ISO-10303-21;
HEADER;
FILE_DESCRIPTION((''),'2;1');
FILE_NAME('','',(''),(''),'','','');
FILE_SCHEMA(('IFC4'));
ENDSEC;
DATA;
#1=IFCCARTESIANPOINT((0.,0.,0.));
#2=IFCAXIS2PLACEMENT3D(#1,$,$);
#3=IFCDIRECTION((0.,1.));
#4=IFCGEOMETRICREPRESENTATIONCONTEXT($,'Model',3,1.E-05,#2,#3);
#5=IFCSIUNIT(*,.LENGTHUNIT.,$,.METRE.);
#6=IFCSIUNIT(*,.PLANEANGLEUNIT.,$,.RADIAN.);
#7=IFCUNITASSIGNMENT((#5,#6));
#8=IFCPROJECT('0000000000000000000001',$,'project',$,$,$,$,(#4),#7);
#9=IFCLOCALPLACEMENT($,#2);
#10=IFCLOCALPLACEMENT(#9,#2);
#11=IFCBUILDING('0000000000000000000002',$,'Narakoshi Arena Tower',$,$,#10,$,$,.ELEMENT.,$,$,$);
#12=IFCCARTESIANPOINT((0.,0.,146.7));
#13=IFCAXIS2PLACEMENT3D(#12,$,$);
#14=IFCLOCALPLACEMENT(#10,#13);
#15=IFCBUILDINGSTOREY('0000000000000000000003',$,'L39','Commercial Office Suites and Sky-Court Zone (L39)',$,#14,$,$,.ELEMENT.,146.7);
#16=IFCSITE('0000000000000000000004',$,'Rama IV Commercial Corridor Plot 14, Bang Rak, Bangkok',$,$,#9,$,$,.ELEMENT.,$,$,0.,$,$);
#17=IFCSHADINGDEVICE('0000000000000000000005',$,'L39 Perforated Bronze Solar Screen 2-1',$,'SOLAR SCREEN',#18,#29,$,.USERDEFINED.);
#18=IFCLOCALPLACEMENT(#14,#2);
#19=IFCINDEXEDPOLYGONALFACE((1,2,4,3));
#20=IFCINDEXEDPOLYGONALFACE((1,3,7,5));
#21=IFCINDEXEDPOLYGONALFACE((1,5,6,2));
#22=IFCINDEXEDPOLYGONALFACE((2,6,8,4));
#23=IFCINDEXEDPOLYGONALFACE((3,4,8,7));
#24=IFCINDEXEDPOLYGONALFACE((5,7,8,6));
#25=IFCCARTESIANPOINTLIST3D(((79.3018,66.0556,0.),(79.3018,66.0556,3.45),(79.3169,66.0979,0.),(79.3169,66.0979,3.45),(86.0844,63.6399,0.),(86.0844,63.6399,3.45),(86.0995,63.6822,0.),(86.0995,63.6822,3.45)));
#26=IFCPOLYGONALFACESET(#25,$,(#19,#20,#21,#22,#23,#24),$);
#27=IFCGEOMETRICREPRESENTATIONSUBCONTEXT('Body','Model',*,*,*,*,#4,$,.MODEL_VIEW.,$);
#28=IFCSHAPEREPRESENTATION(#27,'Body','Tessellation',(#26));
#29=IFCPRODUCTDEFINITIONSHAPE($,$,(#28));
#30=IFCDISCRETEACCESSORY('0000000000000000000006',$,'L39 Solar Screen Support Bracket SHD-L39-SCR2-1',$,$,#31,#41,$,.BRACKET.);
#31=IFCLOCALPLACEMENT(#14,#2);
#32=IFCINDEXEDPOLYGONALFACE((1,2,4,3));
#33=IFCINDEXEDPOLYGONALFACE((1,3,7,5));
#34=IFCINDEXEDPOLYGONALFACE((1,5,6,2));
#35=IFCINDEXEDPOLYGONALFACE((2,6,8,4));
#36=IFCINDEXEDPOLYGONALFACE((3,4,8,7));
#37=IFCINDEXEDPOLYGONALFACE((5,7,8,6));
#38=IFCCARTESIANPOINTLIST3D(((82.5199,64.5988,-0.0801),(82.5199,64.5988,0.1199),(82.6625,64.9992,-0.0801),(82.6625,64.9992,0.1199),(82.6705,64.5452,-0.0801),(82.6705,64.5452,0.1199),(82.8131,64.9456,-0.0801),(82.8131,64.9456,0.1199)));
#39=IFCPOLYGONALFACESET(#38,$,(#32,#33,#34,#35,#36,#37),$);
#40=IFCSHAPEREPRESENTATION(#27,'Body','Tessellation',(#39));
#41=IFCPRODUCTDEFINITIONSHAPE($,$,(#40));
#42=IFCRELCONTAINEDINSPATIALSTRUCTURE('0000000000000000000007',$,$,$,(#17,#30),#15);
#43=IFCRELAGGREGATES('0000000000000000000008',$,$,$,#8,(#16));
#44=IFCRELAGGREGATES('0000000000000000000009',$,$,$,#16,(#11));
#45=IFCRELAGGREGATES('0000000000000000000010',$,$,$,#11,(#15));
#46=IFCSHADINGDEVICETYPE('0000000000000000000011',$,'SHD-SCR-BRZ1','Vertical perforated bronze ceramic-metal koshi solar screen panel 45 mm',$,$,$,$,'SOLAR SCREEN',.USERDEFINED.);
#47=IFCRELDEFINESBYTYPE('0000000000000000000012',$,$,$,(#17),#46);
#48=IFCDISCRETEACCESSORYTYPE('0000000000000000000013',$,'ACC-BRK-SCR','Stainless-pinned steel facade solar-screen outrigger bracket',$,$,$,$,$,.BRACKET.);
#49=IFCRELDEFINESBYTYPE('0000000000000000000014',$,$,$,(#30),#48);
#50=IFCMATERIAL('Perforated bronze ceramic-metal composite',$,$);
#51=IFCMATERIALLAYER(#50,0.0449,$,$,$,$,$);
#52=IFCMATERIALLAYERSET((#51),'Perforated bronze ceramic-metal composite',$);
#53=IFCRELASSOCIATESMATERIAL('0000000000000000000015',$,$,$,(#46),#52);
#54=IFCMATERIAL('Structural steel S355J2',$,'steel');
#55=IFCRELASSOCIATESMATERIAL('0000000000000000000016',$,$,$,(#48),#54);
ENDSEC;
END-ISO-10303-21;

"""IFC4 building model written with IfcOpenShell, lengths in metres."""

from ifc_helpers import new_model, si_unit, direction, frame, origin, origin_2d, place, context, subcontext, project, spatial, rectangle, extrude, material, layer, layer_set, type_object, element, save


model = new_model("IFC4")

# Units and contexts
model_context = context("Model", 3, precision=1e-05, world=origin(), true_north=direction((0.0, 1.0)))
body_context = subcontext(model_context, "Body", "Model", "MODEL_VIEW")
ifc_project = project(units=[si_unit("LENGTHUNIT", "METRE"), si_unit("PLANEANGLEUNIT", "RADIAN")], contexts=[model_context])

# Site, building, storey
site_placement = place(None, origin())
site = spatial("IfcSite", under=ifc_project, at=site_placement, Name="Rama IV Commercial Corridor Plot 14, Bang Rak, Bangkok", CompositionType="ELEMENT", RefElevation=0.0)
building_placement = place(site_placement, origin())
building = spatial("IfcBuilding", under=site, at=building_placement, Name="Narakoshi Arena Tower", CompositionType="ELEMENT")
storey_placement = place(building_placement, frame((0.0, 0.0, 146.7)))
storey = spatial("IfcBuildingStorey", under=building, at=storey_placement, Name="L39", Description="Commercial Office Suites and Sky-Court Zone (L39)", CompositionType="ELEMENT", Elevation=146.7)

# Shared definitions
ifc_material_1 = material(Name="Structural steel S355J2", Category="steel")

# Shading device
ifc_material_2 = material(Name="Perforated bronze ceramic-metal composite")
ifc_layer_1 = layer(ifc_material_2, 0.0449)
ifc_layer_set_1 = layer_set([ifc_layer_1], Name="Perforated bronze ceramic-metal composite")
shading_device_type = type_object("IfcShadingDeviceType", Name="SHD-SCR-BRZ1", Description="Vertical perforated bronze ceramic-metal koshi solar screen panel 45 mm", ElementType="SOLAR SCREEN", PredefinedType="USERDEFINED", material=ifc_layer_set_1)
shading_device_placement = place(storey_placement, frame((82.7007, 64.8689, 0.0), z_axis=(0.0, 0.0, 1.0), x_axis=(-0.942034, 0.335517, 0.0)))
element("IfcShadingDevice", 1, at=shading_device_placement, inside=storey, type_object=shading_device_type, Name="L39 Perforated Bronze Solar Screen 2-1", ObjectType="SOLAR SCREEN", PredefinedType="USERDEFINED", context=body_context, shape_type="SweptSolid", body=[
    extrude(rectangle(XDim=7.2, YDim=0.0449, at=origin_2d()), origin(), (0.0, 0.0, 1.0), 3.45),
])

# Discrete accessory
discrete_accessory_type = type_object("IfcDiscreteAccessoryType", Name="ACC-BRK-SCR", Description="Stainless-pinned steel facade solar-screen outrigger bracket", PredefinedType="BRACKET", material=ifc_material_1)
discrete_accessory_placement = place(storey_placement, frame((82.6665, 64.7722, -0.0801), z_axis=(0.0, 0.0, 1.0), x_axis=(-0.942034, 0.335517, 0.0)))
element("IfcDiscreteAccessory", 2, at=discrete_accessory_placement, inside=storey, type_object=discrete_accessory_type, Name="L39 Solar Screen Support Bracket SHD-L39-SCR2-1", PredefinedType="BRACKET", context=body_context, shape_type="SweptSolid", body=[
    extrude(rectangle(XDim=0.1599, YDim=0.425, at=origin_2d()), origin(), (0.0, 0.0, 1.0), 0.2),
])

save(model, "model.ifc")
